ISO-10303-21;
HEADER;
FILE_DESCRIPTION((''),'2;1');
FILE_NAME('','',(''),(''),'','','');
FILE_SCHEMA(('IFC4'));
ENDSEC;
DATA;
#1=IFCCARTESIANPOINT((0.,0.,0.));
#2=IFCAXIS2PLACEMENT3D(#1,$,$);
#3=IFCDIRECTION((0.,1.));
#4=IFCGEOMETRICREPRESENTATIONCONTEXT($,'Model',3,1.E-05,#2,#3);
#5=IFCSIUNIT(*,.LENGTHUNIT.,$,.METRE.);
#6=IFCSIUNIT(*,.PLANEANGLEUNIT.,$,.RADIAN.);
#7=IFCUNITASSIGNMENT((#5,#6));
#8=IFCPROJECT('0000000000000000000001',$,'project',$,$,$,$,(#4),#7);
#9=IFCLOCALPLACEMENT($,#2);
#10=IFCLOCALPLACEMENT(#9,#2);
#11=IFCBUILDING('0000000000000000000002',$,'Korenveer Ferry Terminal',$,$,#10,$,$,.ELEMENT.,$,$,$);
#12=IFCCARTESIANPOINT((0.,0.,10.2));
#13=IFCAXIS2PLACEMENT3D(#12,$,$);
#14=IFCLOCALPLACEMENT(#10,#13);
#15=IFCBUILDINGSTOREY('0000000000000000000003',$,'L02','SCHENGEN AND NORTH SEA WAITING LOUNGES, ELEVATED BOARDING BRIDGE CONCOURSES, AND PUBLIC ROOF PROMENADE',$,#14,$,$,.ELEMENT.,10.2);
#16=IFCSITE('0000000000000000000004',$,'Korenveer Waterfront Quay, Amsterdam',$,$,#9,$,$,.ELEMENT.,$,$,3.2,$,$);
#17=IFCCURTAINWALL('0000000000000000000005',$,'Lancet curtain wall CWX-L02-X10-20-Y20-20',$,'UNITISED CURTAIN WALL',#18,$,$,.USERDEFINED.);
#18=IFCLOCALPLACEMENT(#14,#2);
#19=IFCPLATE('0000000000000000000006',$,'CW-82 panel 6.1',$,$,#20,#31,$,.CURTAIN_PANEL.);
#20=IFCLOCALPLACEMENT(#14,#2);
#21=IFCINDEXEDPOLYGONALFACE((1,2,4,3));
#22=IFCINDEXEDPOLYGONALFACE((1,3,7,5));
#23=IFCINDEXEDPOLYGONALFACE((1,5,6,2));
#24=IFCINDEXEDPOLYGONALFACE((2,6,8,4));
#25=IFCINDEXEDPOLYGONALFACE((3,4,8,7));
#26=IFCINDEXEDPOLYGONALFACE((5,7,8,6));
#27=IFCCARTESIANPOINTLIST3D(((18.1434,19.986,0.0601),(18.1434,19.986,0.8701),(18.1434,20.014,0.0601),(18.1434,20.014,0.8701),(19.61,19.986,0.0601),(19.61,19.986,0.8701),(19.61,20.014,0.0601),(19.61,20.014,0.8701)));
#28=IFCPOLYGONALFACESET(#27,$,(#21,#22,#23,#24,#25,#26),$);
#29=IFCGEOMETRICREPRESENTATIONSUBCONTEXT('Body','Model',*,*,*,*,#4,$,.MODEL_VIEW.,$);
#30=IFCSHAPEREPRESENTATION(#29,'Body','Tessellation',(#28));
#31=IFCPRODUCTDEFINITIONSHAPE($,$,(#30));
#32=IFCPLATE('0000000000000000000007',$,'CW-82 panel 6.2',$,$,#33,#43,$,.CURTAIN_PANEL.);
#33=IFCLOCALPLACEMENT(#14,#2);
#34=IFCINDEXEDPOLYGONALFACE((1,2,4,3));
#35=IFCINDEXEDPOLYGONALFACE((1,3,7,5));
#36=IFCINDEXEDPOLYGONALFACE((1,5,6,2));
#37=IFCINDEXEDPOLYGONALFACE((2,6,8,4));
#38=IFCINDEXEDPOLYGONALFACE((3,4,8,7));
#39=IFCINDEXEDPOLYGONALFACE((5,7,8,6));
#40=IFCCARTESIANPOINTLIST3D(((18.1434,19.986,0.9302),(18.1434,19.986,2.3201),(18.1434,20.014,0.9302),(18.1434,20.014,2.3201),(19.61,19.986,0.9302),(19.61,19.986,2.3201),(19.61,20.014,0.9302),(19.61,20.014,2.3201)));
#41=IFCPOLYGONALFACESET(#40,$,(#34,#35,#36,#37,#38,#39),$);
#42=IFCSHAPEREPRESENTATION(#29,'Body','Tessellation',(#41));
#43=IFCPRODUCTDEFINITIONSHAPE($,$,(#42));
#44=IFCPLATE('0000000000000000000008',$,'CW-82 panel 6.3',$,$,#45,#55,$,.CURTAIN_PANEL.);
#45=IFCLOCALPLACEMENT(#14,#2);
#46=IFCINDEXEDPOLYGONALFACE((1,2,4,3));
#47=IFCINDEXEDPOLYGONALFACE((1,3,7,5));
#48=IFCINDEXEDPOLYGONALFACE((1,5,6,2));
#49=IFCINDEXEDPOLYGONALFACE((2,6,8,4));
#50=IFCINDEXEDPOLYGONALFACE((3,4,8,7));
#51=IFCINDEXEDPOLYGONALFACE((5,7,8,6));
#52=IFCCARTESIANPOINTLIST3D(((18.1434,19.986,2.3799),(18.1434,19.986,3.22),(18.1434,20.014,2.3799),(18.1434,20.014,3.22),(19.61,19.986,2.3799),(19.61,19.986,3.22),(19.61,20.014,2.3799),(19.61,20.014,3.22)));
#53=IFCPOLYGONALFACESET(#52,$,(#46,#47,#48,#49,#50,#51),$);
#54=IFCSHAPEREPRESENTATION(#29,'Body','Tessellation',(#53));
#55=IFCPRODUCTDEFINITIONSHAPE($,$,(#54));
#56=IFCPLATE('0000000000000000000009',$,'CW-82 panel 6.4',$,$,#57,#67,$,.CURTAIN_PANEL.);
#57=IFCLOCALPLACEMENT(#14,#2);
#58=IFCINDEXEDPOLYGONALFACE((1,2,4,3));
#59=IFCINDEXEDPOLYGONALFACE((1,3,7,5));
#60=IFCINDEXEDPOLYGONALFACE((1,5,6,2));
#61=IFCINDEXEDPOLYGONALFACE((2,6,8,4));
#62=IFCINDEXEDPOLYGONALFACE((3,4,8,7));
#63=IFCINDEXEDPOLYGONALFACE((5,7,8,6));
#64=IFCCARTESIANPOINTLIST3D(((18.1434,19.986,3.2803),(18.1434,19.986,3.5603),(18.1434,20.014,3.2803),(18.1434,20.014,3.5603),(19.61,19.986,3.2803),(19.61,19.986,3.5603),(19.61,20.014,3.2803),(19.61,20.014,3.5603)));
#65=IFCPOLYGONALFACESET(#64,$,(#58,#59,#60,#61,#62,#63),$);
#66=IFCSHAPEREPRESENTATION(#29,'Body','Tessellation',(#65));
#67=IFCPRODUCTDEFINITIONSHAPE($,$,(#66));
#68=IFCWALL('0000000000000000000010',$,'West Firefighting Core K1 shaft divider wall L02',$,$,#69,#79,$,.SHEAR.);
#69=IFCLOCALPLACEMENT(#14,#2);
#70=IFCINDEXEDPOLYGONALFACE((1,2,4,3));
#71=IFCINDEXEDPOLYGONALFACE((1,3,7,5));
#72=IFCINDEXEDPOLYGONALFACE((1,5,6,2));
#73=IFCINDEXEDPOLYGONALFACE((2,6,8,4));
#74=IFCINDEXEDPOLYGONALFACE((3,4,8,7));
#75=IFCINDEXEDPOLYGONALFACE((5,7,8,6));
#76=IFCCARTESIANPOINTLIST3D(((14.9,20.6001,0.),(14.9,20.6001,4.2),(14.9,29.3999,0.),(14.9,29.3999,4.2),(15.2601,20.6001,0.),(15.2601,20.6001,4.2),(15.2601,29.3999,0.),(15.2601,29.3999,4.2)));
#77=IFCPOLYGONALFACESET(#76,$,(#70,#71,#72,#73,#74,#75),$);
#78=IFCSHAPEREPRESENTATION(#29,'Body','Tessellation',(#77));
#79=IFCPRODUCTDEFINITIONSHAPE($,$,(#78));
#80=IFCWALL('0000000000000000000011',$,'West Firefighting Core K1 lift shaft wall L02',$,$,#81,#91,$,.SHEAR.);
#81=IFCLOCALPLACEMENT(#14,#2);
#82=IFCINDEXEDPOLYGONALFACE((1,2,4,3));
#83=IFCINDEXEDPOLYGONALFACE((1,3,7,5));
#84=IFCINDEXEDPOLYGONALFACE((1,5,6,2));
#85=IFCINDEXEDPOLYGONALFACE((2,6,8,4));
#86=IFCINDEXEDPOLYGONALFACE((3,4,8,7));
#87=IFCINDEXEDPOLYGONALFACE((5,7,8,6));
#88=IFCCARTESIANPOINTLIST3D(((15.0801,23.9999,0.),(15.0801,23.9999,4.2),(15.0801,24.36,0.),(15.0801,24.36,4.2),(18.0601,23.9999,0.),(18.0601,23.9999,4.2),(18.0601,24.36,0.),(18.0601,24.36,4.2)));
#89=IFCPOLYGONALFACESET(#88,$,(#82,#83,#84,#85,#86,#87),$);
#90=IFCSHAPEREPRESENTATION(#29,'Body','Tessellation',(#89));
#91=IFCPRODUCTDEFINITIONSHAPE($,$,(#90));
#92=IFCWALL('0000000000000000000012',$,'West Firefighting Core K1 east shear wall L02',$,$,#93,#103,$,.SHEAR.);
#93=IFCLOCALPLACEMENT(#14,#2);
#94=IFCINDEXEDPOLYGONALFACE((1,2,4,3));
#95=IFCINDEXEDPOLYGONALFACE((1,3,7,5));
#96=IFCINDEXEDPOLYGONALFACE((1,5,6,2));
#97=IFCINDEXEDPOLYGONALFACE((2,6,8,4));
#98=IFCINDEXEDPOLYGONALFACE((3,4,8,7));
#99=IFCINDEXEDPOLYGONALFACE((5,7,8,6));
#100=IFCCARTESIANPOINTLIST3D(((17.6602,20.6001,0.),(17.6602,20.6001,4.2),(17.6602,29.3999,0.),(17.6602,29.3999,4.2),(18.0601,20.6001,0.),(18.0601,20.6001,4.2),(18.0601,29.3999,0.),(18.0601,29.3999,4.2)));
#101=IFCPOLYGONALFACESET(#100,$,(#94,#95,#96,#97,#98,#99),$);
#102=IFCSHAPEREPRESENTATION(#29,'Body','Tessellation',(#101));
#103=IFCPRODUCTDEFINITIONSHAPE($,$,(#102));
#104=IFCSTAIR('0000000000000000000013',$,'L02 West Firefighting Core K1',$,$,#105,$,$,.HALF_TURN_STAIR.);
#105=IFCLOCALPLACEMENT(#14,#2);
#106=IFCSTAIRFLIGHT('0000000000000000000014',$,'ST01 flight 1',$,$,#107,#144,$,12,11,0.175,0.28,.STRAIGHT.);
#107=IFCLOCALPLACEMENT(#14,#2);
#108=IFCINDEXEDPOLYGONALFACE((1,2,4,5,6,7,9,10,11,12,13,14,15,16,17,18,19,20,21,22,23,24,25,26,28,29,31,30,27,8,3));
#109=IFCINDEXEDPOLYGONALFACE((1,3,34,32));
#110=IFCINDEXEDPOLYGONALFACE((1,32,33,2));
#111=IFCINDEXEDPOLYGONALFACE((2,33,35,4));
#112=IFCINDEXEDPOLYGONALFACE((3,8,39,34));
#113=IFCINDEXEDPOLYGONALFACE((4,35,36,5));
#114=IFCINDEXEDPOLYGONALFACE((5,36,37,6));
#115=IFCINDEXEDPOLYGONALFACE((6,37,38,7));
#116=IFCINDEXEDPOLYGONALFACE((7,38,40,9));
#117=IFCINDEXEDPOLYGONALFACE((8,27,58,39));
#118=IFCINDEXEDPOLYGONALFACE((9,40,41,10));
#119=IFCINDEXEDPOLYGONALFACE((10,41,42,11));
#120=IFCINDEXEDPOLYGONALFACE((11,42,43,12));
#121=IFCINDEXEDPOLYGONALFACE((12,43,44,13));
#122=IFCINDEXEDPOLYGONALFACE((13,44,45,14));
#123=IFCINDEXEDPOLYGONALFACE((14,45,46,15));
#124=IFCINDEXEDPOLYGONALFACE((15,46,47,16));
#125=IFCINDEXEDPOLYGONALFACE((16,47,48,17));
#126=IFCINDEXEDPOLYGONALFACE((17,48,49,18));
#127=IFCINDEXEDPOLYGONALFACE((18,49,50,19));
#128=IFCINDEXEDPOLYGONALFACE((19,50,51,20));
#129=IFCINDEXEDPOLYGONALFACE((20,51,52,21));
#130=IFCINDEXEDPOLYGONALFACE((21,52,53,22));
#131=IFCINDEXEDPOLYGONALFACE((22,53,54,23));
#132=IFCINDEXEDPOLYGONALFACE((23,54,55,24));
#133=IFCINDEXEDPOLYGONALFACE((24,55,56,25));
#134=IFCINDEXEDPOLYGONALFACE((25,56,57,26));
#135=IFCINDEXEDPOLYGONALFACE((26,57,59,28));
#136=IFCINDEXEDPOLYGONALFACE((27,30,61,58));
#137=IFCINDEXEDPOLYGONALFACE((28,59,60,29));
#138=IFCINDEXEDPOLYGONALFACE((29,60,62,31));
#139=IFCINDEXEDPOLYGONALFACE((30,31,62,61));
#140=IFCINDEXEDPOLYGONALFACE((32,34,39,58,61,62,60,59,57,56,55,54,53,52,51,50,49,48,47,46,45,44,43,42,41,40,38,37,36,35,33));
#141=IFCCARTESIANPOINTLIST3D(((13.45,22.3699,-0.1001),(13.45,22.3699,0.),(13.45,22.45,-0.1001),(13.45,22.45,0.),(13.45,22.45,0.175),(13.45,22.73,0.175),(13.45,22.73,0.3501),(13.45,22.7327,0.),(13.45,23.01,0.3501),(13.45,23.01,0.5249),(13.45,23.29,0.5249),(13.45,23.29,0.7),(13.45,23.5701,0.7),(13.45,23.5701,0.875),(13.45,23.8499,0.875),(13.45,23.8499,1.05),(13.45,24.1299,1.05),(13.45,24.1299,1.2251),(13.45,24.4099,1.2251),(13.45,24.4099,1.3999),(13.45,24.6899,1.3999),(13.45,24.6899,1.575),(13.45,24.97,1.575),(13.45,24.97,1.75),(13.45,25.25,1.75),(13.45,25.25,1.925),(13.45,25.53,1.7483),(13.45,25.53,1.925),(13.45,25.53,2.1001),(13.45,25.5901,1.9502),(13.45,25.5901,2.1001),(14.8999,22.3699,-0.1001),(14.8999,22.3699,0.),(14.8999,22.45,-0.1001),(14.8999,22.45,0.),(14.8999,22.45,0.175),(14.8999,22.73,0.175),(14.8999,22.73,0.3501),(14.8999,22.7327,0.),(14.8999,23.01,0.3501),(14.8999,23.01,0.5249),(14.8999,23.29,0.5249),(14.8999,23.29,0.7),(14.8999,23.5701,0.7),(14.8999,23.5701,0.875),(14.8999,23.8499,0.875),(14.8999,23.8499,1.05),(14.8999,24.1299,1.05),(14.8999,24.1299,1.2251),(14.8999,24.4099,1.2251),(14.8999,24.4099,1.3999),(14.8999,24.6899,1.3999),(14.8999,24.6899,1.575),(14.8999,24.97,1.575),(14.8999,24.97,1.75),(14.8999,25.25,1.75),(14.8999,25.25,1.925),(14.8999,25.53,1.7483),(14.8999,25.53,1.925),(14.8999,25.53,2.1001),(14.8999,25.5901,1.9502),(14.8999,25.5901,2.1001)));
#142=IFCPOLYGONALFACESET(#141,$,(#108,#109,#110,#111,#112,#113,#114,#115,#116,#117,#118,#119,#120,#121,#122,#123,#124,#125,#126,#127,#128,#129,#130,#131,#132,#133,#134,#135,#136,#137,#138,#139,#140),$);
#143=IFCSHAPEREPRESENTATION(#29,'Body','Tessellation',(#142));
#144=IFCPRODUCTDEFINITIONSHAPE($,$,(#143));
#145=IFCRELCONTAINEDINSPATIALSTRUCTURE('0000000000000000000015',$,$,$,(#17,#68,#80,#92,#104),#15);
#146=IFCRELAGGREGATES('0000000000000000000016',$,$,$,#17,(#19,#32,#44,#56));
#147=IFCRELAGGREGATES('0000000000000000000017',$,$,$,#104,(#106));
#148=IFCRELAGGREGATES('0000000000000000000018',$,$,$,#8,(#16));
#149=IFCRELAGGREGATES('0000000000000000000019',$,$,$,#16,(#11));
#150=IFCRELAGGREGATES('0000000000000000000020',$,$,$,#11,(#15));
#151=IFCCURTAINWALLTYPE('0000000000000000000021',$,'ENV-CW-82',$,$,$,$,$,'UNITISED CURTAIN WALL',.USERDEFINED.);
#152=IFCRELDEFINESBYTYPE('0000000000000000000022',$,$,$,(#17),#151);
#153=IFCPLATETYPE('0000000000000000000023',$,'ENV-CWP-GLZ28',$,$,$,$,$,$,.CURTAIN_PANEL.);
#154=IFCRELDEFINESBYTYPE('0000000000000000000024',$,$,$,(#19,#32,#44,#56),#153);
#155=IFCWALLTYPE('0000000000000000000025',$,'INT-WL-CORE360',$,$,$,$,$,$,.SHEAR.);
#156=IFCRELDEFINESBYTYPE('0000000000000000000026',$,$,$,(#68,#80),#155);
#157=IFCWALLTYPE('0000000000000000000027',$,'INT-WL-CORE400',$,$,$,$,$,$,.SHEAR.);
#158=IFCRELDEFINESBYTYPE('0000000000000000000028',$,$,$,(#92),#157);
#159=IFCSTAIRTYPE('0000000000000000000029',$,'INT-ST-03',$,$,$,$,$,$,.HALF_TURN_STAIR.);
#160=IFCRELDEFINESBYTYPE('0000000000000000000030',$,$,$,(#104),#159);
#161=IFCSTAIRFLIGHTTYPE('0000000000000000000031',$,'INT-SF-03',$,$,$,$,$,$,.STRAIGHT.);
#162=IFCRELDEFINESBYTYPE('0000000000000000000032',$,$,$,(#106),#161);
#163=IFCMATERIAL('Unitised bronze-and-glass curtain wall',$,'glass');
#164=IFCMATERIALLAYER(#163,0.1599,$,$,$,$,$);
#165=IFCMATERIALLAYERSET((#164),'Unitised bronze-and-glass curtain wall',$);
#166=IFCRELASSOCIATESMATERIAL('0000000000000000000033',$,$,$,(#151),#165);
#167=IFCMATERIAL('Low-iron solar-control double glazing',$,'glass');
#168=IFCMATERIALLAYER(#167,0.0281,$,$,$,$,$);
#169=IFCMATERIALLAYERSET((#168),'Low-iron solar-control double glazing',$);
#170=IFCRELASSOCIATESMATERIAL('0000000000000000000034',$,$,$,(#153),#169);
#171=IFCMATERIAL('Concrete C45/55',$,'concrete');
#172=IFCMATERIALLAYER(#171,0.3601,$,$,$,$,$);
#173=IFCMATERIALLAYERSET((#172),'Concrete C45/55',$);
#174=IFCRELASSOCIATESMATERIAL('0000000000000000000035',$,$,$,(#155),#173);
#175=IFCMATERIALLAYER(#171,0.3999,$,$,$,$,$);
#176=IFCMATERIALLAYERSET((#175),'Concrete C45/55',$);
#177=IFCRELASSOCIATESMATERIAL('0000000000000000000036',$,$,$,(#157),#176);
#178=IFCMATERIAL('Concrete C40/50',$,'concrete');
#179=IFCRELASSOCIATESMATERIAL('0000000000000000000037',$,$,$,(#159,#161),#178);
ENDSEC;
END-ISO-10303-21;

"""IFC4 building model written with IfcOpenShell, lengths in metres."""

from ifc_helpers import new_model, si_unit, direction, frame, frame_2d, origin, origin_2d, place, context, subcontext, project, spatial, polyline, rectangle, outline, extrude, material, layer, layer_set, type_object, element, aggregate, save


model = new_model("IFC4")

# Units and contexts
model_context = context("Model", 3, precision=1e-05, world=origin(), true_north=direction((0.0, 1.0)))
body_context = subcontext(model_context, "Body", "Model", "MODEL_VIEW")
ifc_project = project(units=[si_unit("LENGTHUNIT", "METRE"), si_unit("PLANEANGLEUNIT", "RADIAN")], contexts=[model_context])

# Site, building, storey
site_placement = place(None, origin())
site = spatial("IfcSite", under=ifc_project, at=site_placement, Name="Korenveer Waterfront Quay, Amsterdam", CompositionType="ELEMENT", RefElevation=3.2)
building_placement = place(site_placement, origin())
building = spatial("IfcBuilding", under=site, at=building_placement, Name="Korenveer Ferry Terminal", CompositionType="ELEMENT")
storey_placement = place(building_placement, frame((0.0, 0.0, 10.2)))
storey = spatial("IfcBuildingStorey", under=building, at=storey_placement, Name="L02", Description="SCHENGEN AND NORTH SEA WAITING LOUNGES, ELEVATED BOARDING BRIDGE CONCOURSES, AND PUBLIC ROOF PROMENADE", CompositionType="ELEMENT", Elevation=10.2)

# Curtain wall
ifc_material_1 = material(Name="Unitised bronze-and-glass curtain wall", Category="glass")
ifc_layer_1 = layer(ifc_material_1, 0.1599)
ifc_layer_set_1 = layer_set([ifc_layer_1], Name="Unitised bronze-and-glass curtain wall")
curtain_wall_type = type_object("IfcCurtainWallType", Name="ENV-CW-82", ElementType="UNITISED CURTAIN WALL", PredefinedType="USERDEFINED", material=ifc_layer_set_1)
curtain_wall_placement = place(storey_placement, frame((10.3301, 20.0, 0.0)))
curtain_wall = element("IfcCurtainWall", 1, at=curtain_wall_placement, inside=storey, type_object=curtain_wall_type, Name="Lancet curtain wall CWX-L02-X10-20-Y20-20", ObjectType="UNITISED CURTAIN WALL", PredefinedType="USERDEFINED")

# Plates
ifc_material_2 = material(Name="Low-iron solar-control double glazing", Category="glass")
ifc_layer_2 = layer(ifc_material_2, 0.0281)
ifc_layer_set_2 = layer_set([ifc_layer_2], Name="Low-iron solar-control double glazing")
plate_type = type_object("IfcPlateType", Name="ENV-CWP-GLZ28", PredefinedType="CURTAIN_PANEL", material=ifc_layer_set_2)
plate_1_placement = place(storey_placement, frame((18.8767, 20.0, 0.0601), z_axis=(0.0, 0.0, 1.0), x_axis=(1.0, 0.0, 0.0)))
plate_1 = element("IfcPlate", 2, at=plate_1_placement, type_object=plate_type, Name="CW-82 panel 6.1", PredefinedType="CURTAIN_PANEL", context=body_context, shape_type="SweptSolid", body=[
    extrude(rectangle(XDim=1.4666, YDim=0.0281, at=origin_2d()), origin(), (0.0, 0.0, 1.0), 0.8101),
])
plate_2_placement = place(storey_placement, frame((18.8767, 20.0, 0.9302), z_axis=(0.0, 0.0, 1.0), x_axis=(1.0, 0.0, 0.0)))
plate_2 = element("IfcPlate", 3, at=plate_2_placement, type_object=plate_type, Name="CW-82 panel 6.2", PredefinedType="CURTAIN_PANEL", context=body_context, shape_type="SweptSolid", body=[
    extrude(rectangle(XDim=1.4666, YDim=0.0281, at=origin_2d()), origin(), (0.0, 0.0, 1.0), 1.3899),
])
plate_3_placement = place(storey_placement, frame((18.8767, 20.0, 2.3799), z_axis=(0.0, 0.0, 1.0), x_axis=(1.0, 0.0, 0.0)))
plate_3 = element("IfcPlate", 4, at=plate_3_placement, type_object=plate_type, Name="CW-82 panel 6.3", PredefinedType="CURTAIN_PANEL", context=body_context, shape_type="SweptSolid", body=[
    extrude(rectangle(XDim=1.4666, YDim=0.0281, at=origin_2d()), origin(), (0.0, 0.0, 1.0), 0.8401),
])
plate_4_placement = place(storey_placement, frame((18.8767, 20.0, 3.2803), z_axis=(0.0, 0.0, 1.0), x_axis=(1.0, 0.0, 0.0)))
plate_4 = element("IfcPlate", 5, at=plate_4_placement, type_object=plate_type, Name="CW-82 panel 6.4", PredefinedType="CURTAIN_PANEL", context=body_context, shape_type="SweptSolid", body=[
    extrude(rectangle(XDim=1.4666, YDim=0.0281, at=origin_2d()), origin(), (0.0, 0.0, 1.0), 0.28),
])
aggregate(curtain_wall, [plate_1, plate_2, plate_3, plate_4])

# Walls
ifc_material_3 = material(Name="Concrete C45/55", Category="concrete")
ifc_layer_3 = layer(ifc_material_3, 0.3601)
ifc_layer_set_3 = layer_set([ifc_layer_3], Name="Concrete C45/55")
wall_type_1 = type_object("IfcWallType", Name="INT-WL-CORE360", PredefinedType="SHEAR", material=ifc_layer_set_3)
wall_1_placement = place(storey_placement, frame((15.0801, 20.6001, 0.0), z_axis=(0.0, 0.0, 1.0), x_axis=(0.0, 1.0, 0.0)))
element("IfcWall", 6, at=wall_1_placement, inside=storey, type_object=wall_type_1, Name="West Firefighting Core K1 shaft divider wall L02", PredefinedType="SHEAR", context=body_context, shape_type="SweptSolid", body=[
    extrude(rectangle(XDim=8.7998, YDim=0.3601, at=frame_2d((4.3999, 0.0))), origin(), (0.0, 0.0, 1.0), 4.2),
])
wall_2_placement = place(storey_placement, frame((15.0801, 24.1799, 0.0), z_axis=(0.0, 0.0, 1.0), x_axis=(1.0, 0.0, 0.0)))
element("IfcWall", 7, at=wall_2_placement, inside=storey, type_object=wall_type_1, Name="West Firefighting Core K1 lift shaft wall L02", PredefinedType="SHEAR", context=body_context, shape_type="SweptSolid", body=[
    extrude(rectangle(XDim=2.98, YDim=0.3601, at=frame_2d((1.49, 0.0))), origin(), (0.0, 0.0, 1.0), 4.2),
])
ifc_layer_4 = layer(ifc_material_3, 0.3999)
ifc_layer_set_4 = layer_set([ifc_layer_4], Name="Concrete C45/55")
wall_type_2 = type_object("IfcWallType", Name="INT-WL-CORE400", PredefinedType="SHEAR", material=ifc_layer_set_4)
wall_3_placement = place(storey_placement, frame((17.8601, 20.6001, 0.0), z_axis=(0.0, 0.0, 1.0), x_axis=(0.0, 1.0, 0.0)))
element("IfcWall", 8, at=wall_3_placement, inside=storey, type_object=wall_type_2, Name="West Firefighting Core K1 east shear wall L02", PredefinedType="SHEAR", context=body_context, shape_type="SweptSolid", body=[
    extrude(rectangle(XDim=8.7998, YDim=0.3999, at=frame_2d((4.3999, 0.0))), origin(), (0.0, 0.0, 1.0), 4.2),
])

# Stair, stair flight
ifc_material_4 = material(Name="Concrete C40/50", Category="concrete")
stair_type = type_object("IfcStairType", Name="INT-ST-03", PredefinedType="HALF_TURN_STAIR", material=ifc_material_4)
stair_placement = place(storey_placement, frame((14.175, 22.45, 0.0)))
stair = element("IfcStair", 9, at=stair_placement, inside=storey, type_object=stair_type, Name="L02 West Firefighting Core K1", PredefinedType="HALF_TURN_STAIR")
stair_flight_type = type_object("IfcStairFlightType", Name="INT-SF-03", PredefinedType="STRAIGHT", material=ifc_material_4)
stair_flight_placement = place(storey_placement, frame((14.175, 22.45, 0.0), z_axis=(0.0, 0.0, 1.0), x_axis=(0.0, 1.0, 0.0)))
stair_flight = element("IfcStairFlight", 10, at=stair_flight_placement, type_object=stair_flight_type, Name="ST01 flight 1", NumberOfRisers=12, NumberOfTreads=11, PredefinedType="STRAIGHT", RiserHeight=0.175, TreadLength=0.28, context=body_context, shape_type="SweptSolid", body=[
    extrude(outline(polyline([(-0.0801, 0.0), (0.0, 0.0), (0.0, 0.175), (0.28, 0.175), (0.28, 0.3501), (0.5601, 0.3501), (0.5601, 0.5249), (0.8401, 0.5249), (0.8401, 0.7), (1.1201, 0.7), (1.1201, 0.875), (1.3999, 0.875), (1.3999, 1.05), (1.6799, 1.05), (1.6799, 1.2251), (1.96, 1.2251), (1.96, 1.3999), (2.24, 1.3999), (2.24, 1.575), (2.52, 1.575), (2.52, 1.75), (2.8, 1.75), (2.8, 1.925), (3.0801, 1.925), (3.0801, 2.1001), (3.1401, 2.1001), (3.1401, 1.9502), (3.0801, 1.7483), (0.2827, 0.0), (0.0, -0.1001), (-0.0801, -0.1001), (-0.0801, 0.0)])), frame((0.0, 0.7251, 0.0), z_axis=(0.0, -1.0, 0.0), x_axis=(1.0, 0.0, 0.0)), (0.0, 0.0, 1.0), 1.45),
])
aggregate(stair, [stair_flight])

save(model, "model.ifc")
